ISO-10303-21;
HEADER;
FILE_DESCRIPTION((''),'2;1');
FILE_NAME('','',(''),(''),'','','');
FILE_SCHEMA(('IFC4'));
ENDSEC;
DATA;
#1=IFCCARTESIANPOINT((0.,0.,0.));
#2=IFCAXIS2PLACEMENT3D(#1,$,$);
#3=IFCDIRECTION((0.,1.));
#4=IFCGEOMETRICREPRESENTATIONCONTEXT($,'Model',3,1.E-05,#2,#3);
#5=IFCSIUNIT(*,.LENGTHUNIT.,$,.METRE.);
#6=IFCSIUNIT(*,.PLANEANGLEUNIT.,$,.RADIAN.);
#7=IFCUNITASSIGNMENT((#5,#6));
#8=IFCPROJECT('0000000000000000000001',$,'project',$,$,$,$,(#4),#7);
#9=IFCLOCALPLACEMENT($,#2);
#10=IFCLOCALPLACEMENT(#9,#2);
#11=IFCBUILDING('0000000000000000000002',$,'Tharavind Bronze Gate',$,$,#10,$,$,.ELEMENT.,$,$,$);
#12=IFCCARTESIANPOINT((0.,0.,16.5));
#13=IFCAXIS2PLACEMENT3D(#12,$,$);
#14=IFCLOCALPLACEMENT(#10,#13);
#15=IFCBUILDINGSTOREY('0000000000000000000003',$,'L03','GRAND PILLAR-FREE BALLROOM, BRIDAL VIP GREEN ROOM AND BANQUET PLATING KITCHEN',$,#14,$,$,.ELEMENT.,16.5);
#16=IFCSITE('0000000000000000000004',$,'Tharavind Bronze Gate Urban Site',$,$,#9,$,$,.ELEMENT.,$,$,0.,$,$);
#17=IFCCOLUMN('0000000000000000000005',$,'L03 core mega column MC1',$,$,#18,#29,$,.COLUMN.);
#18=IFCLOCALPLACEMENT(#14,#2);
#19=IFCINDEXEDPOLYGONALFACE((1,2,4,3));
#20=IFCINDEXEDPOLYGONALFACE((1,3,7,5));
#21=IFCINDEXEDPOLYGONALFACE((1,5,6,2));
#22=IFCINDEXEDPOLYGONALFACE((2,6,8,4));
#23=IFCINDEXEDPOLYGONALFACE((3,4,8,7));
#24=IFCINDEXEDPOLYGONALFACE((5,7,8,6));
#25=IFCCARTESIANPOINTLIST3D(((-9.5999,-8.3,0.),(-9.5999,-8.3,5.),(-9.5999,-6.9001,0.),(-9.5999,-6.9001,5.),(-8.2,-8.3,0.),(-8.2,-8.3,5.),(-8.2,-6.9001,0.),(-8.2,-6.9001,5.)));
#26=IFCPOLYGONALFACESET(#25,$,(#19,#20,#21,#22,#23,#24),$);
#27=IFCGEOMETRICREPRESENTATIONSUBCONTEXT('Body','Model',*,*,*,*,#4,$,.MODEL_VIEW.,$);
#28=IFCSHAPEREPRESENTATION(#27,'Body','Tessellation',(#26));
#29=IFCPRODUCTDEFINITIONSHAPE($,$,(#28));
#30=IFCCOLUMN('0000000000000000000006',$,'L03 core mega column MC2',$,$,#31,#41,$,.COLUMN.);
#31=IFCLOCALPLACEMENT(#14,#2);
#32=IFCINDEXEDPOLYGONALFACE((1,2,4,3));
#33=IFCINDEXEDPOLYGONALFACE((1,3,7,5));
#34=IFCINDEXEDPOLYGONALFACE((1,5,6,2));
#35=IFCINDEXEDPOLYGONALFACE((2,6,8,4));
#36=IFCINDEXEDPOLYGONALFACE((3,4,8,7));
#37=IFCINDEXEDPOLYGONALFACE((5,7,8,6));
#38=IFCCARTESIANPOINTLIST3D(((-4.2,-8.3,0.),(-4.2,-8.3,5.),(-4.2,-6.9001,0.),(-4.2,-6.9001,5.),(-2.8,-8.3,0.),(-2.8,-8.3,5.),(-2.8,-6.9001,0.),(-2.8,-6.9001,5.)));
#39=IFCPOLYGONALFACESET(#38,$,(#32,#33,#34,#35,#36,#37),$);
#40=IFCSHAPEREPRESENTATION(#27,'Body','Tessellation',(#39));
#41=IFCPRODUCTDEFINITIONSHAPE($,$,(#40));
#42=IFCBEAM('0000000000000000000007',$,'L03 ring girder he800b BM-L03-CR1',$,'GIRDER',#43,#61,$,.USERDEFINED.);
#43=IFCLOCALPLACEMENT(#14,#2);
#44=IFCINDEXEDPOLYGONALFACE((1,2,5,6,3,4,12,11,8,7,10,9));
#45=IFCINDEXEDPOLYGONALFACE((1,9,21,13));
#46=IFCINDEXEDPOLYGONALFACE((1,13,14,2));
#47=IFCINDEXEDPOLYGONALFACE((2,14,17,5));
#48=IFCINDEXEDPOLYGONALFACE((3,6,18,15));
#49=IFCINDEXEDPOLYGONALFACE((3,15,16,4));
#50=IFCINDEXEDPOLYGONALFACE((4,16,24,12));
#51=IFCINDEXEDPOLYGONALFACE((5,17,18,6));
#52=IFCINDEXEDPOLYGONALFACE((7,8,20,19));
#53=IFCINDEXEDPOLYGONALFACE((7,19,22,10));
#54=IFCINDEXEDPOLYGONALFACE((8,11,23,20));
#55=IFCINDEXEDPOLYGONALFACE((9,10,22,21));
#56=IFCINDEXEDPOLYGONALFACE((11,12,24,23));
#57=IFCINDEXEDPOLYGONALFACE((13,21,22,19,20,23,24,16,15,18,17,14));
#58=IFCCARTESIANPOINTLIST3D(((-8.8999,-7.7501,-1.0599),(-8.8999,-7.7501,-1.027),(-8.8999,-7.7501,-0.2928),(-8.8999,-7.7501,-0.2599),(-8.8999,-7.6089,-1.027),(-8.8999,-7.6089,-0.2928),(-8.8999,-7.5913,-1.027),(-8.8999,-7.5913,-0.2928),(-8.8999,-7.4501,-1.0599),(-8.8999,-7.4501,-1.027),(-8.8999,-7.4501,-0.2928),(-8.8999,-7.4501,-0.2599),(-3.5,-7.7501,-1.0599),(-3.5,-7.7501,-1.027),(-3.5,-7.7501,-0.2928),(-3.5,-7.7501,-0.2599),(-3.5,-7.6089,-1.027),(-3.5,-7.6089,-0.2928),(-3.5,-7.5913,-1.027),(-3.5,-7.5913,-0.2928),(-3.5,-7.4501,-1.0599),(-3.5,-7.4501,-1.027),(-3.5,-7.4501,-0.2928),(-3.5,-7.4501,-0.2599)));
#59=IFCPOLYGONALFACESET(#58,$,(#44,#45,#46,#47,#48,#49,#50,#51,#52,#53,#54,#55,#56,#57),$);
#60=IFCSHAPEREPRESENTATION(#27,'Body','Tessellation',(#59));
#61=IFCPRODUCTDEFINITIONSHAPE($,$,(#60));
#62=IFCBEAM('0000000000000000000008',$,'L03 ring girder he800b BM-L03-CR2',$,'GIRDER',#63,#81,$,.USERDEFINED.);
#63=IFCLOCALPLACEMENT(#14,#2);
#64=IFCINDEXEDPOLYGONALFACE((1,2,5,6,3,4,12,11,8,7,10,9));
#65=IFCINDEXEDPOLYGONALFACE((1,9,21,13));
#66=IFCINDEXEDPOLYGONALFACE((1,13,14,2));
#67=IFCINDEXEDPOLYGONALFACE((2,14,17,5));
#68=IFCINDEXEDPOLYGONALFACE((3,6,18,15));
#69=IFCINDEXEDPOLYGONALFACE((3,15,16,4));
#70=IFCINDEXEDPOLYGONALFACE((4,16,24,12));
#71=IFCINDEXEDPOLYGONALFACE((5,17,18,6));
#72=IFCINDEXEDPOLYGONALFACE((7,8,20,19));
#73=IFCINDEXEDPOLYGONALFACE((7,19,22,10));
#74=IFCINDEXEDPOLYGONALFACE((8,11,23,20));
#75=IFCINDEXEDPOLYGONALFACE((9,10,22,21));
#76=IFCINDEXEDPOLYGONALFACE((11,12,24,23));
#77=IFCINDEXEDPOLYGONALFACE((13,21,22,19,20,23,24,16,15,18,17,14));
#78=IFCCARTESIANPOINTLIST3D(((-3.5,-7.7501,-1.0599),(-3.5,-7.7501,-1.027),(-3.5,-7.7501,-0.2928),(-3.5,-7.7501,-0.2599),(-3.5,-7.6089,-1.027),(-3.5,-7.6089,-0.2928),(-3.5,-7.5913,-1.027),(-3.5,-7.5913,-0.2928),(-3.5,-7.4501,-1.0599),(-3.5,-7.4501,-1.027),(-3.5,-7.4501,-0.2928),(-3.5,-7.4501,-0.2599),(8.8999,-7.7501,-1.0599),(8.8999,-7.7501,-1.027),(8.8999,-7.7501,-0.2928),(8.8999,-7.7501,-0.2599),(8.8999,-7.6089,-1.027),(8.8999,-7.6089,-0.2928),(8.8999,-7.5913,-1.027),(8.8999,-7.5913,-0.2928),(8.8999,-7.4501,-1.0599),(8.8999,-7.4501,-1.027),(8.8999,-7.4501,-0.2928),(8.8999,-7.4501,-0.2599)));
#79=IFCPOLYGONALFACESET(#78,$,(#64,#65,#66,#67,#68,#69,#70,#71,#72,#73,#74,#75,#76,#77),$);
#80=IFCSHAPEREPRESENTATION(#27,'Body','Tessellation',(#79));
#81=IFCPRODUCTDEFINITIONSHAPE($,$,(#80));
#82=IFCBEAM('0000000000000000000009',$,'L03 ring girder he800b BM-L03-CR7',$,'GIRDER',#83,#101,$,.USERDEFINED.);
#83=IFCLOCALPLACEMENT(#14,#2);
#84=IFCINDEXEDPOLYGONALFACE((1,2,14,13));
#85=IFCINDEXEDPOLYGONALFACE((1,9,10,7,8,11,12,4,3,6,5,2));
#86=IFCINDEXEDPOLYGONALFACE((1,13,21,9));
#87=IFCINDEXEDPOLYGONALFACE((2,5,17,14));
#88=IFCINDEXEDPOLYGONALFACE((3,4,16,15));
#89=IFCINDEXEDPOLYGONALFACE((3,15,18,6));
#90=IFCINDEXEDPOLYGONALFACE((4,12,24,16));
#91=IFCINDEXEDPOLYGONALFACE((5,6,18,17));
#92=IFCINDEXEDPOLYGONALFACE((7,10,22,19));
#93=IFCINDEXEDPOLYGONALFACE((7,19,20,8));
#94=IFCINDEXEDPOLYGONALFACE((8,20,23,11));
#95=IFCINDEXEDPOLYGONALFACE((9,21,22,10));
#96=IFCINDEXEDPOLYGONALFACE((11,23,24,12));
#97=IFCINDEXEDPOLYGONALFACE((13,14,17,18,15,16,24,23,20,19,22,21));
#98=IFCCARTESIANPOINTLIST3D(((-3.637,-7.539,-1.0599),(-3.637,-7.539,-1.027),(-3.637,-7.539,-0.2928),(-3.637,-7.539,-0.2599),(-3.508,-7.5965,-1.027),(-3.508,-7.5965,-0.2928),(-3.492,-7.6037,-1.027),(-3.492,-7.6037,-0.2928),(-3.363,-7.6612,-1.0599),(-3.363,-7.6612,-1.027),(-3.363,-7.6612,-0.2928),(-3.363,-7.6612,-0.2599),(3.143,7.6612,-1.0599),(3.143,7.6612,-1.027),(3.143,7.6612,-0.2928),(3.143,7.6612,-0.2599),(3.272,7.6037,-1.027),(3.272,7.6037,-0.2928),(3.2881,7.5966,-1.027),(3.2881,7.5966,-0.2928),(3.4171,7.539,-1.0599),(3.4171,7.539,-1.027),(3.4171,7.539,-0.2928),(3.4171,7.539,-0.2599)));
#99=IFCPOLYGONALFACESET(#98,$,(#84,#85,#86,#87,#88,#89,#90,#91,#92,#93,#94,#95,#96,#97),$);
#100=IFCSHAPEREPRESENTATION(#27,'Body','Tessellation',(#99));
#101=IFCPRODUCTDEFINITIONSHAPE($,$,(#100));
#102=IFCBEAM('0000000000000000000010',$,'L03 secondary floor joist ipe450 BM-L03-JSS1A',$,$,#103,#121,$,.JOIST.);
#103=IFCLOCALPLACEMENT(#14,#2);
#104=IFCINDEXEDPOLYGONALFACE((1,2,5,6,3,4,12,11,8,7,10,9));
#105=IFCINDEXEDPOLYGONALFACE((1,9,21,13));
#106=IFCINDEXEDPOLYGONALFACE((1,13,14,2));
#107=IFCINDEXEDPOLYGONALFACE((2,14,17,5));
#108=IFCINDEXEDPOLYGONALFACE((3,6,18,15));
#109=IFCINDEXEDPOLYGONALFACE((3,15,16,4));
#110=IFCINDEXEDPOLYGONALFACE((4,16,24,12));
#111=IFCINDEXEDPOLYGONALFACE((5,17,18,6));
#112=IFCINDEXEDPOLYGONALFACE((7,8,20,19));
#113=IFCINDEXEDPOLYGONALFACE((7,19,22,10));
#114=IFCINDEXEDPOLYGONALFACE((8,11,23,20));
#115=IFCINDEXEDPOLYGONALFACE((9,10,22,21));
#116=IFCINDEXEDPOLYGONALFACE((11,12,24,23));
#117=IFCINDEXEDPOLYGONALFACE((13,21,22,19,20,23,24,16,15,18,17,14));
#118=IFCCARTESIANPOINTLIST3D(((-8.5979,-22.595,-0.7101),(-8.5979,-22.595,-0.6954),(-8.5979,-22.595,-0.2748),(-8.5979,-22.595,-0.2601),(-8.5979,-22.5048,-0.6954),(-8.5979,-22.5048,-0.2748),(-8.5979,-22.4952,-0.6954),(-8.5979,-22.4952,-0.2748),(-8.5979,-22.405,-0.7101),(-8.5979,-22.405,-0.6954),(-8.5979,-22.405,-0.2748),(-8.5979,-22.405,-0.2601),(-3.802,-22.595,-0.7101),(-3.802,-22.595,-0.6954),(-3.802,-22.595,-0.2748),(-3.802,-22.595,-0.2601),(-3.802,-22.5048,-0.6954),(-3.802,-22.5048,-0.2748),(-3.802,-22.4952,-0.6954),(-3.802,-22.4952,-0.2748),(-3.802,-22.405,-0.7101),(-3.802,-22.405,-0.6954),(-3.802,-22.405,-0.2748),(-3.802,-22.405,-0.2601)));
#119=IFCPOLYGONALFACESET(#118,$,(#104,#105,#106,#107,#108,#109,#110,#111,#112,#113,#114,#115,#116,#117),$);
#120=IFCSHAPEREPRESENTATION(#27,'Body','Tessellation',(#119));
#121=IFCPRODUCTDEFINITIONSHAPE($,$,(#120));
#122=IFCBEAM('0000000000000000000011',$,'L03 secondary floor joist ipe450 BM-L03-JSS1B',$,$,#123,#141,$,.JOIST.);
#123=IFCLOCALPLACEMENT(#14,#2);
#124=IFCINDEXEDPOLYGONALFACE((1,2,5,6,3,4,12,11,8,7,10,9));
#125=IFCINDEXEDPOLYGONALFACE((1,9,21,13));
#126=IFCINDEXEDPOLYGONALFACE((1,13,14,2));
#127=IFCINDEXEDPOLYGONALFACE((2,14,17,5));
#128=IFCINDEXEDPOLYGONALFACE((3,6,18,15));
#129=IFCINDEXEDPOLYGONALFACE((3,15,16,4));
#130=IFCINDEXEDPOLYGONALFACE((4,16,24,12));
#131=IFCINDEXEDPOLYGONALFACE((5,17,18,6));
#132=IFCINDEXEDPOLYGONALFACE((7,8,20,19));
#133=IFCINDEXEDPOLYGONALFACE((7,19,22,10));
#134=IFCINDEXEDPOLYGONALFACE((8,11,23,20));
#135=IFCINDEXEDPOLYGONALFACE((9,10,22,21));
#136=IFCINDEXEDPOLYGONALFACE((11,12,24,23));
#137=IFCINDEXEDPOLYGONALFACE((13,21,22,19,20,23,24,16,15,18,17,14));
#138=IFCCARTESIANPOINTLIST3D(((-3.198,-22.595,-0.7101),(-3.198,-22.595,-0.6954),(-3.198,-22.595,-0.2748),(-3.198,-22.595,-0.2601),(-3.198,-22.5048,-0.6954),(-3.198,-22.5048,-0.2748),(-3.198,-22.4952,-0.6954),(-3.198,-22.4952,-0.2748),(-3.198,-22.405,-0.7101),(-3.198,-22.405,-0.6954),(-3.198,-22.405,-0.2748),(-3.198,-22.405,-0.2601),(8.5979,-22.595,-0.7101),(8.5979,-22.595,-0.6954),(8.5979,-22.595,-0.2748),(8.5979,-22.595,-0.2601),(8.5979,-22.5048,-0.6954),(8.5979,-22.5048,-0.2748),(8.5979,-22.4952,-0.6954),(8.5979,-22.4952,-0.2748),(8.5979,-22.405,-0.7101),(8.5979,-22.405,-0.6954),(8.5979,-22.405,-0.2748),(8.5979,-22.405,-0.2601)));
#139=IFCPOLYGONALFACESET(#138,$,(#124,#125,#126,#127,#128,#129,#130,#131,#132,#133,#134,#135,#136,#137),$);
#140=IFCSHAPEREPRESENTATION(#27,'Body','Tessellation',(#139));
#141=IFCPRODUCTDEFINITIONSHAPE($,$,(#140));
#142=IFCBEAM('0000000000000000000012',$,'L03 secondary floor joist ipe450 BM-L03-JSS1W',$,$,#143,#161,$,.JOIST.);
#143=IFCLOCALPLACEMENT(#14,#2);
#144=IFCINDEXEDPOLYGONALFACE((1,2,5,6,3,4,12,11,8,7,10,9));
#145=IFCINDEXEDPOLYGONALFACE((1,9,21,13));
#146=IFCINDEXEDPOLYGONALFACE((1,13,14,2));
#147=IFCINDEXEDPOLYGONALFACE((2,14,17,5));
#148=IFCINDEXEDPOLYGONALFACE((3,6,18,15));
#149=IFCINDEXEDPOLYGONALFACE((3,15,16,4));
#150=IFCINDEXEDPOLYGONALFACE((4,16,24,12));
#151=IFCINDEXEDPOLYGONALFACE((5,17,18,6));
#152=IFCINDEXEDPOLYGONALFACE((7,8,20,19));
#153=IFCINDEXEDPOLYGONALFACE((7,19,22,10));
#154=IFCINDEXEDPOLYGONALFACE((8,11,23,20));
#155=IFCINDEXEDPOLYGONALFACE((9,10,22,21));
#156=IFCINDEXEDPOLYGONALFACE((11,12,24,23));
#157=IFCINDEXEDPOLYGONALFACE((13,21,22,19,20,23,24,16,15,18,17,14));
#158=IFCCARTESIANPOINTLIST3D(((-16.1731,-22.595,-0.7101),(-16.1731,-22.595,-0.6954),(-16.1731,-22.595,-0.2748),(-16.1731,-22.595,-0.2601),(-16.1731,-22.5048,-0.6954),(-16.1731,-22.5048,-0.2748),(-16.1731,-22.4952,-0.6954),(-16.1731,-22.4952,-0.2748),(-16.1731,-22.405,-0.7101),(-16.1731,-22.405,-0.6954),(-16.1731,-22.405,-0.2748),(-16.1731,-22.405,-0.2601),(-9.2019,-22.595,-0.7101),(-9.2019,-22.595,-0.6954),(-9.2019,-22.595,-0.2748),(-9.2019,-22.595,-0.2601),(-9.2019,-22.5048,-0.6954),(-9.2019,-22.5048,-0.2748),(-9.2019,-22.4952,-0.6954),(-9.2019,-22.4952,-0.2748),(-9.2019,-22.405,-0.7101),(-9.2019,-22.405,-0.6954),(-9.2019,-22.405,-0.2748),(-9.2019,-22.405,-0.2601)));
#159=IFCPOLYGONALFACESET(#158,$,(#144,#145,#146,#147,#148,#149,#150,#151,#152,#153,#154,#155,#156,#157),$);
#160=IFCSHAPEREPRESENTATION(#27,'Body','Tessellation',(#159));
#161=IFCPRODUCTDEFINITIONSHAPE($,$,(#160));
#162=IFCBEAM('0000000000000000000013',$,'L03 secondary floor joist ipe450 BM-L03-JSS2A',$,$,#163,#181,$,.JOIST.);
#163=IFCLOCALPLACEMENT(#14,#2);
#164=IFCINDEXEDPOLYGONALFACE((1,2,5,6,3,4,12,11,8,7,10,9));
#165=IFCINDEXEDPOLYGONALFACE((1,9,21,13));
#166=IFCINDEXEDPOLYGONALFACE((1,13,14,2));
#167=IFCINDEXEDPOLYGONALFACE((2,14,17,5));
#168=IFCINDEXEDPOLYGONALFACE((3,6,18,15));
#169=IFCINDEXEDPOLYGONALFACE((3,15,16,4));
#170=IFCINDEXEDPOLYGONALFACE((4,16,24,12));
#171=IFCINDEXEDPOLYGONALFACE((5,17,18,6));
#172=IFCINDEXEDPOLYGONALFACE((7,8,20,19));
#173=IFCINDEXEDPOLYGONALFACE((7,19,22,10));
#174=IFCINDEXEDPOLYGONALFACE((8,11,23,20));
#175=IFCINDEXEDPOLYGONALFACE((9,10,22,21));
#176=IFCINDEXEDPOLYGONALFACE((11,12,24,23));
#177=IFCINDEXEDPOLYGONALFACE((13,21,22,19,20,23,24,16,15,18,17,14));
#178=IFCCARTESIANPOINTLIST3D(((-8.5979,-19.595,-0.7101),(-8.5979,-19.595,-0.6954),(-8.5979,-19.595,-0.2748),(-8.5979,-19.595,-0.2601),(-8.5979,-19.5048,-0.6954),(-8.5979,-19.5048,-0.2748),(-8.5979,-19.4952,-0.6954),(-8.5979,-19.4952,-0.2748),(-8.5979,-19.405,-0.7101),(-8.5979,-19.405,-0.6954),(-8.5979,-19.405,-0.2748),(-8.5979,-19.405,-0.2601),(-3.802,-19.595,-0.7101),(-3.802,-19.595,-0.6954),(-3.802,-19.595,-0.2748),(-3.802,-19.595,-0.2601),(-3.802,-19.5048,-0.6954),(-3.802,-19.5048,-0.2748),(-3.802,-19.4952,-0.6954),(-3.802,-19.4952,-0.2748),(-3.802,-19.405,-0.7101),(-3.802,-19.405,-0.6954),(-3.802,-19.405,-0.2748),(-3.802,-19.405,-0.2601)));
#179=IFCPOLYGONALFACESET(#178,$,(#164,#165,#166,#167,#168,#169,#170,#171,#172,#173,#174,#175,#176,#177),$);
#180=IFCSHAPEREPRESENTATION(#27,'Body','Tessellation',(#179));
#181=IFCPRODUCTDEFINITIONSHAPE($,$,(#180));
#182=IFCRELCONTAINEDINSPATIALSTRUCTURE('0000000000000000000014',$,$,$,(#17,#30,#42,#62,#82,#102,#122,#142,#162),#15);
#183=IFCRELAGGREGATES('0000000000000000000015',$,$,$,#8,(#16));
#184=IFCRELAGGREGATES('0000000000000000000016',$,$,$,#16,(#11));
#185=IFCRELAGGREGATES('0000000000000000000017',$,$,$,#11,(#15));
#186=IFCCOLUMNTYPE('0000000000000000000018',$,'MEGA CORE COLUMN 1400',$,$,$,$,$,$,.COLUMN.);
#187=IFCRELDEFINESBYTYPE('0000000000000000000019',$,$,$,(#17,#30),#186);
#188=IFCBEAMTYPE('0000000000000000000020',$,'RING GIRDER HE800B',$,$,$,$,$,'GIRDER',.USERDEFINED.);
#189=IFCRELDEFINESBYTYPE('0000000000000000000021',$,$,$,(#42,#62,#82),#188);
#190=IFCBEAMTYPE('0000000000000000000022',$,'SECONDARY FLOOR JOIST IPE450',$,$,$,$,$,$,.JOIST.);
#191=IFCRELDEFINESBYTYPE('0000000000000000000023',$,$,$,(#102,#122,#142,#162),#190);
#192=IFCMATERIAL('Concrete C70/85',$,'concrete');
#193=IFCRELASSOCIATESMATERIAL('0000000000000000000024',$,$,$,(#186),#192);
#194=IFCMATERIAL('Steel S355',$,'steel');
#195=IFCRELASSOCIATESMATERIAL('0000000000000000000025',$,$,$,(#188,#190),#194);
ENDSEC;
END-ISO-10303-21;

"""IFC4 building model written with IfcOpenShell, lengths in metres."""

from ifc_helpers import new_model, si_unit, direction, frame, origin, origin_2d, place, context, subcontext, project, spatial, rectangle, i_section, extrude, material, material_profile, profile_set, type_object, element, save


model = new_model("IFC4")

# Units and contexts
model_context = context("Model", 3, precision=1e-05, world=origin(), true_north=direction((0.0, 1.0)))
body_context = subcontext(model_context, "Body", "Model", "MODEL_VIEW")
ifc_project = project(units=[si_unit("LENGTHUNIT", "METRE"), si_unit("PLANEANGLEUNIT", "RADIAN")], contexts=[model_context])

# Site, building, storey
site_placement = place(None, origin())
site = spatial("IfcSite", under=ifc_project, at=site_placement, Name="Tharavind Bronze Gate Urban Site", CompositionType="ELEMENT", RefElevation=0.0)
building_placement = place(site_placement, origin())
building = spatial("IfcBuilding", under=site, at=building_placement, Name="Tharavind Bronze Gate", CompositionType="ELEMENT")
storey_placement = place(building_placement, frame((0.0, 0.0, 16.5)))
storey = spatial("IfcBuildingStorey", under=building, at=storey_placement, Name="L03", Description="GRAND PILLAR-FREE BALLROOM, BRIDAL VIP GREEN ROOM AND BANQUET PLATING KITCHEN", CompositionType="ELEMENT", Elevation=16.5)

# Columns
ifc_material_1 = material(Name="Concrete C70/85", Category="concrete")
ifc_material_profile_1 = material_profile(ifc_material_1, rectangle(XDim=1.3999, YDim=1.3999, at=origin_2d()), Name="RCCOL1400")
ifc_profile_set_1 = profile_set([ifc_material_profile_1], Name="Concrete C70/85")
column_type = type_object("IfcColumnType", Name="MEGA CORE COLUMN 1400", PredefinedType="COLUMN", material=ifc_profile_set_1)
for number, where, z_axis, x_axis, name in (
    (1, (-8.8999, -7.6001, 0.0), (0.0, 0.0, 1.0), (1.0, 0.0, 0.0), "L03 core mega column MC1"),
    (2, (-3.5, -7.6001, 0.0), (0.0, 0.0, 1.0), (1.0, 0.0, 0.0), "L03 core mega column MC2"),
):
    element("IfcColumn", number, at=place(storey_placement, frame(where, z_axis=z_axis, x_axis=x_axis)), inside=storey, type_object=column_type, Name=name, PredefinedType="COLUMN", context=body_context, shape_type="SweptSolid", body=[
        extrude(rectangle(XDim=1.3999, YDim=1.3999, at=origin_2d()), origin(), (0.0, 0.0, 1.0), 5.0),
    ])

# Beams
ifc_material_2 = material(Name="Steel S355", Category="steel")
ifc_material_profile_2 = material_profile(ifc_material_2, i_section(OverallWidth=0.3, OverallDepth=0.8, WebThickness=0.0176, FlangeThickness=0.033, at=origin_2d()), Name="HE800B")
ifc_profile_set_2 = profile_set([ifc_material_profile_2], Name="Steel S355")
beam_type_1 = type_object("IfcBeamType", Name="RING GIRDER HE800B", ElementType="GIRDER", PredefinedType="USERDEFINED", material=ifc_profile_set_2)
beam_1_placement = place(storey_placement, frame((-8.8999, -7.6001, -0.6599), z_axis=(1.0, 0.0, 0.0), x_axis=(0.0, 1.0, 0.0)))
element("IfcBeam", 3, at=beam_1_placement, inside=storey, type_object=beam_type_1, Name="L03 ring girder he800b BM-L03-CR1", ObjectType="GIRDER", PredefinedType="USERDEFINED", context=body_context, shape_type="SweptSolid", body=[
    extrude(i_section(OverallWidth=0.3, OverallDepth=0.8, WebThickness=0.0176, FlangeThickness=0.033, at=origin_2d()), origin(), (0.0, 0.0, 1.0), 5.3999),
])
beam_2_placement = place(storey_placement, frame((-3.5, -7.6001, -0.6599), z_axis=(1.0, 0.0, 0.0), x_axis=(0.0, 1.0, 0.0)))
element("IfcBeam", 4, at=beam_2_placement, inside=storey, type_object=beam_type_1, Name="L03 ring girder he800b BM-L03-CR2", ObjectType="GIRDER", PredefinedType="USERDEFINED", context=body_context, shape_type="SweptSolid", body=[
    extrude(i_section(OverallWidth=0.3, OverallDepth=0.8, WebThickness=0.0176, FlangeThickness=0.033, at=origin_2d()), origin(), (0.0, 0.0, 1.0), 12.3999),
])
beam_3_placement = place(storey_placement, frame((-3.5, -7.6001, -0.6599), z_axis=(0.407362, 0.913267, 0.0), x_axis=(-0.913267, 0.407362, 0.0)))
element("IfcBeam", 5, at=beam_3_placement, inside=storey, type_object=beam_type_1, Name="L03 ring girder he800b BM-L03-CR7", ObjectType="GIRDER", PredefinedType="USERDEFINED", context=body_context, shape_type="SweptSolid", body=[
    extrude(i_section(OverallWidth=0.3, OverallDepth=0.8, WebThickness=0.0176, FlangeThickness=0.033, at=origin_2d()), origin(), (0.0, 0.0, 1.0), 16.6438),
])
ifc_material_profile_3 = material_profile(ifc_material_2, i_section(OverallWidth=0.1899, OverallDepth=0.45, WebThickness=0.0095, FlangeThickness=0.0146, at=origin_2d()), Name="IPE450")
ifc_profile_set_3 = profile_set([ifc_material_profile_3], Name="Steel S355")
beam_type_2 = type_object("IfcBeamType", Name="SECONDARY FLOOR JOIST IPE450", PredefinedType="JOIST", material=ifc_profile_set_3)
beam_4_placement = place(storey_placement, frame((-8.5979, -22.5, -0.4851), z_axis=(1.0, 0.0, 0.0), x_axis=(0.0, 1.0, 0.0)))
element("IfcBeam", 6, at=beam_4_placement, inside=storey, type_object=beam_type_2, Name="L03 secondary floor joist ipe450 BM-L03-JSS1A", PredefinedType="JOIST", context=body_context, shape_type="SweptSolid", body=[
    extrude(i_section(OverallWidth=0.1899, OverallDepth=0.45, WebThickness=0.0095, FlangeThickness=0.0146, at=origin_2d()), origin(), (0.0, 0.0, 1.0), 4.7959),
])
beam_5_placement = place(storey_placement, frame((-3.198, -22.5, -0.4851), z_axis=(1.0, 0.0, 0.0), x_axis=(0.0, 1.0, 0.0)))
element("IfcBeam", 7, at=beam_5_placement, inside=storey, type_object=beam_type_2, Name="L03 secondary floor joist ipe450 BM-L03-JSS1B", PredefinedType="JOIST", context=body_context, shape_type="SweptSolid", body=[
    extrude(i_section(OverallWidth=0.1899, OverallDepth=0.45, WebThickness=0.0095, FlangeThickness=0.0146, at=origin_2d()), origin(), (0.0, 0.0, 1.0), 11.7959),
])
beam_6_placement = place(storey_placement, frame((-16.1731, -22.5, -0.4851), z_axis=(1.0, 0.0, 0.0), x_axis=(0.0, 1.0, 0.0)))
element("IfcBeam", 8, at=beam_6_placement, inside=storey, type_object=beam_type_2, Name="L03 secondary floor joist ipe450 BM-L03-JSS1W", PredefinedType="JOIST", context=body_context, shape_type="SweptSolid", body=[
    extrude(i_section(OverallWidth=0.1899, OverallDepth=0.45, WebThickness=0.0095, FlangeThickness=0.0146, at=origin_2d()), origin(), (0.0, 0.0, 1.0), 6.9712),
])
beam_7_placement = place(storey_placement, frame((-8.5979, -19.5, -0.4851), z_axis=(1.0, 0.0, 0.0), x_axis=(0.0, 1.0, 0.0)))
element("IfcBeam", 9, at=beam_7_placement, inside=storey, type_object=beam_type_2, Name="L03 secondary floor joist ipe450 BM-L03-JSS2A", PredefinedType="JOIST", context=body_context, shape_type="SweptSolid", body=[
    extrude(i_section(OverallWidth=0.1899, OverallDepth=0.45, WebThickness=0.0095, FlangeThickness=0.0146, at=origin_2d()), origin(), (0.0, 0.0, 1.0), 4.7959),
])

save(model, "model.ifc")
